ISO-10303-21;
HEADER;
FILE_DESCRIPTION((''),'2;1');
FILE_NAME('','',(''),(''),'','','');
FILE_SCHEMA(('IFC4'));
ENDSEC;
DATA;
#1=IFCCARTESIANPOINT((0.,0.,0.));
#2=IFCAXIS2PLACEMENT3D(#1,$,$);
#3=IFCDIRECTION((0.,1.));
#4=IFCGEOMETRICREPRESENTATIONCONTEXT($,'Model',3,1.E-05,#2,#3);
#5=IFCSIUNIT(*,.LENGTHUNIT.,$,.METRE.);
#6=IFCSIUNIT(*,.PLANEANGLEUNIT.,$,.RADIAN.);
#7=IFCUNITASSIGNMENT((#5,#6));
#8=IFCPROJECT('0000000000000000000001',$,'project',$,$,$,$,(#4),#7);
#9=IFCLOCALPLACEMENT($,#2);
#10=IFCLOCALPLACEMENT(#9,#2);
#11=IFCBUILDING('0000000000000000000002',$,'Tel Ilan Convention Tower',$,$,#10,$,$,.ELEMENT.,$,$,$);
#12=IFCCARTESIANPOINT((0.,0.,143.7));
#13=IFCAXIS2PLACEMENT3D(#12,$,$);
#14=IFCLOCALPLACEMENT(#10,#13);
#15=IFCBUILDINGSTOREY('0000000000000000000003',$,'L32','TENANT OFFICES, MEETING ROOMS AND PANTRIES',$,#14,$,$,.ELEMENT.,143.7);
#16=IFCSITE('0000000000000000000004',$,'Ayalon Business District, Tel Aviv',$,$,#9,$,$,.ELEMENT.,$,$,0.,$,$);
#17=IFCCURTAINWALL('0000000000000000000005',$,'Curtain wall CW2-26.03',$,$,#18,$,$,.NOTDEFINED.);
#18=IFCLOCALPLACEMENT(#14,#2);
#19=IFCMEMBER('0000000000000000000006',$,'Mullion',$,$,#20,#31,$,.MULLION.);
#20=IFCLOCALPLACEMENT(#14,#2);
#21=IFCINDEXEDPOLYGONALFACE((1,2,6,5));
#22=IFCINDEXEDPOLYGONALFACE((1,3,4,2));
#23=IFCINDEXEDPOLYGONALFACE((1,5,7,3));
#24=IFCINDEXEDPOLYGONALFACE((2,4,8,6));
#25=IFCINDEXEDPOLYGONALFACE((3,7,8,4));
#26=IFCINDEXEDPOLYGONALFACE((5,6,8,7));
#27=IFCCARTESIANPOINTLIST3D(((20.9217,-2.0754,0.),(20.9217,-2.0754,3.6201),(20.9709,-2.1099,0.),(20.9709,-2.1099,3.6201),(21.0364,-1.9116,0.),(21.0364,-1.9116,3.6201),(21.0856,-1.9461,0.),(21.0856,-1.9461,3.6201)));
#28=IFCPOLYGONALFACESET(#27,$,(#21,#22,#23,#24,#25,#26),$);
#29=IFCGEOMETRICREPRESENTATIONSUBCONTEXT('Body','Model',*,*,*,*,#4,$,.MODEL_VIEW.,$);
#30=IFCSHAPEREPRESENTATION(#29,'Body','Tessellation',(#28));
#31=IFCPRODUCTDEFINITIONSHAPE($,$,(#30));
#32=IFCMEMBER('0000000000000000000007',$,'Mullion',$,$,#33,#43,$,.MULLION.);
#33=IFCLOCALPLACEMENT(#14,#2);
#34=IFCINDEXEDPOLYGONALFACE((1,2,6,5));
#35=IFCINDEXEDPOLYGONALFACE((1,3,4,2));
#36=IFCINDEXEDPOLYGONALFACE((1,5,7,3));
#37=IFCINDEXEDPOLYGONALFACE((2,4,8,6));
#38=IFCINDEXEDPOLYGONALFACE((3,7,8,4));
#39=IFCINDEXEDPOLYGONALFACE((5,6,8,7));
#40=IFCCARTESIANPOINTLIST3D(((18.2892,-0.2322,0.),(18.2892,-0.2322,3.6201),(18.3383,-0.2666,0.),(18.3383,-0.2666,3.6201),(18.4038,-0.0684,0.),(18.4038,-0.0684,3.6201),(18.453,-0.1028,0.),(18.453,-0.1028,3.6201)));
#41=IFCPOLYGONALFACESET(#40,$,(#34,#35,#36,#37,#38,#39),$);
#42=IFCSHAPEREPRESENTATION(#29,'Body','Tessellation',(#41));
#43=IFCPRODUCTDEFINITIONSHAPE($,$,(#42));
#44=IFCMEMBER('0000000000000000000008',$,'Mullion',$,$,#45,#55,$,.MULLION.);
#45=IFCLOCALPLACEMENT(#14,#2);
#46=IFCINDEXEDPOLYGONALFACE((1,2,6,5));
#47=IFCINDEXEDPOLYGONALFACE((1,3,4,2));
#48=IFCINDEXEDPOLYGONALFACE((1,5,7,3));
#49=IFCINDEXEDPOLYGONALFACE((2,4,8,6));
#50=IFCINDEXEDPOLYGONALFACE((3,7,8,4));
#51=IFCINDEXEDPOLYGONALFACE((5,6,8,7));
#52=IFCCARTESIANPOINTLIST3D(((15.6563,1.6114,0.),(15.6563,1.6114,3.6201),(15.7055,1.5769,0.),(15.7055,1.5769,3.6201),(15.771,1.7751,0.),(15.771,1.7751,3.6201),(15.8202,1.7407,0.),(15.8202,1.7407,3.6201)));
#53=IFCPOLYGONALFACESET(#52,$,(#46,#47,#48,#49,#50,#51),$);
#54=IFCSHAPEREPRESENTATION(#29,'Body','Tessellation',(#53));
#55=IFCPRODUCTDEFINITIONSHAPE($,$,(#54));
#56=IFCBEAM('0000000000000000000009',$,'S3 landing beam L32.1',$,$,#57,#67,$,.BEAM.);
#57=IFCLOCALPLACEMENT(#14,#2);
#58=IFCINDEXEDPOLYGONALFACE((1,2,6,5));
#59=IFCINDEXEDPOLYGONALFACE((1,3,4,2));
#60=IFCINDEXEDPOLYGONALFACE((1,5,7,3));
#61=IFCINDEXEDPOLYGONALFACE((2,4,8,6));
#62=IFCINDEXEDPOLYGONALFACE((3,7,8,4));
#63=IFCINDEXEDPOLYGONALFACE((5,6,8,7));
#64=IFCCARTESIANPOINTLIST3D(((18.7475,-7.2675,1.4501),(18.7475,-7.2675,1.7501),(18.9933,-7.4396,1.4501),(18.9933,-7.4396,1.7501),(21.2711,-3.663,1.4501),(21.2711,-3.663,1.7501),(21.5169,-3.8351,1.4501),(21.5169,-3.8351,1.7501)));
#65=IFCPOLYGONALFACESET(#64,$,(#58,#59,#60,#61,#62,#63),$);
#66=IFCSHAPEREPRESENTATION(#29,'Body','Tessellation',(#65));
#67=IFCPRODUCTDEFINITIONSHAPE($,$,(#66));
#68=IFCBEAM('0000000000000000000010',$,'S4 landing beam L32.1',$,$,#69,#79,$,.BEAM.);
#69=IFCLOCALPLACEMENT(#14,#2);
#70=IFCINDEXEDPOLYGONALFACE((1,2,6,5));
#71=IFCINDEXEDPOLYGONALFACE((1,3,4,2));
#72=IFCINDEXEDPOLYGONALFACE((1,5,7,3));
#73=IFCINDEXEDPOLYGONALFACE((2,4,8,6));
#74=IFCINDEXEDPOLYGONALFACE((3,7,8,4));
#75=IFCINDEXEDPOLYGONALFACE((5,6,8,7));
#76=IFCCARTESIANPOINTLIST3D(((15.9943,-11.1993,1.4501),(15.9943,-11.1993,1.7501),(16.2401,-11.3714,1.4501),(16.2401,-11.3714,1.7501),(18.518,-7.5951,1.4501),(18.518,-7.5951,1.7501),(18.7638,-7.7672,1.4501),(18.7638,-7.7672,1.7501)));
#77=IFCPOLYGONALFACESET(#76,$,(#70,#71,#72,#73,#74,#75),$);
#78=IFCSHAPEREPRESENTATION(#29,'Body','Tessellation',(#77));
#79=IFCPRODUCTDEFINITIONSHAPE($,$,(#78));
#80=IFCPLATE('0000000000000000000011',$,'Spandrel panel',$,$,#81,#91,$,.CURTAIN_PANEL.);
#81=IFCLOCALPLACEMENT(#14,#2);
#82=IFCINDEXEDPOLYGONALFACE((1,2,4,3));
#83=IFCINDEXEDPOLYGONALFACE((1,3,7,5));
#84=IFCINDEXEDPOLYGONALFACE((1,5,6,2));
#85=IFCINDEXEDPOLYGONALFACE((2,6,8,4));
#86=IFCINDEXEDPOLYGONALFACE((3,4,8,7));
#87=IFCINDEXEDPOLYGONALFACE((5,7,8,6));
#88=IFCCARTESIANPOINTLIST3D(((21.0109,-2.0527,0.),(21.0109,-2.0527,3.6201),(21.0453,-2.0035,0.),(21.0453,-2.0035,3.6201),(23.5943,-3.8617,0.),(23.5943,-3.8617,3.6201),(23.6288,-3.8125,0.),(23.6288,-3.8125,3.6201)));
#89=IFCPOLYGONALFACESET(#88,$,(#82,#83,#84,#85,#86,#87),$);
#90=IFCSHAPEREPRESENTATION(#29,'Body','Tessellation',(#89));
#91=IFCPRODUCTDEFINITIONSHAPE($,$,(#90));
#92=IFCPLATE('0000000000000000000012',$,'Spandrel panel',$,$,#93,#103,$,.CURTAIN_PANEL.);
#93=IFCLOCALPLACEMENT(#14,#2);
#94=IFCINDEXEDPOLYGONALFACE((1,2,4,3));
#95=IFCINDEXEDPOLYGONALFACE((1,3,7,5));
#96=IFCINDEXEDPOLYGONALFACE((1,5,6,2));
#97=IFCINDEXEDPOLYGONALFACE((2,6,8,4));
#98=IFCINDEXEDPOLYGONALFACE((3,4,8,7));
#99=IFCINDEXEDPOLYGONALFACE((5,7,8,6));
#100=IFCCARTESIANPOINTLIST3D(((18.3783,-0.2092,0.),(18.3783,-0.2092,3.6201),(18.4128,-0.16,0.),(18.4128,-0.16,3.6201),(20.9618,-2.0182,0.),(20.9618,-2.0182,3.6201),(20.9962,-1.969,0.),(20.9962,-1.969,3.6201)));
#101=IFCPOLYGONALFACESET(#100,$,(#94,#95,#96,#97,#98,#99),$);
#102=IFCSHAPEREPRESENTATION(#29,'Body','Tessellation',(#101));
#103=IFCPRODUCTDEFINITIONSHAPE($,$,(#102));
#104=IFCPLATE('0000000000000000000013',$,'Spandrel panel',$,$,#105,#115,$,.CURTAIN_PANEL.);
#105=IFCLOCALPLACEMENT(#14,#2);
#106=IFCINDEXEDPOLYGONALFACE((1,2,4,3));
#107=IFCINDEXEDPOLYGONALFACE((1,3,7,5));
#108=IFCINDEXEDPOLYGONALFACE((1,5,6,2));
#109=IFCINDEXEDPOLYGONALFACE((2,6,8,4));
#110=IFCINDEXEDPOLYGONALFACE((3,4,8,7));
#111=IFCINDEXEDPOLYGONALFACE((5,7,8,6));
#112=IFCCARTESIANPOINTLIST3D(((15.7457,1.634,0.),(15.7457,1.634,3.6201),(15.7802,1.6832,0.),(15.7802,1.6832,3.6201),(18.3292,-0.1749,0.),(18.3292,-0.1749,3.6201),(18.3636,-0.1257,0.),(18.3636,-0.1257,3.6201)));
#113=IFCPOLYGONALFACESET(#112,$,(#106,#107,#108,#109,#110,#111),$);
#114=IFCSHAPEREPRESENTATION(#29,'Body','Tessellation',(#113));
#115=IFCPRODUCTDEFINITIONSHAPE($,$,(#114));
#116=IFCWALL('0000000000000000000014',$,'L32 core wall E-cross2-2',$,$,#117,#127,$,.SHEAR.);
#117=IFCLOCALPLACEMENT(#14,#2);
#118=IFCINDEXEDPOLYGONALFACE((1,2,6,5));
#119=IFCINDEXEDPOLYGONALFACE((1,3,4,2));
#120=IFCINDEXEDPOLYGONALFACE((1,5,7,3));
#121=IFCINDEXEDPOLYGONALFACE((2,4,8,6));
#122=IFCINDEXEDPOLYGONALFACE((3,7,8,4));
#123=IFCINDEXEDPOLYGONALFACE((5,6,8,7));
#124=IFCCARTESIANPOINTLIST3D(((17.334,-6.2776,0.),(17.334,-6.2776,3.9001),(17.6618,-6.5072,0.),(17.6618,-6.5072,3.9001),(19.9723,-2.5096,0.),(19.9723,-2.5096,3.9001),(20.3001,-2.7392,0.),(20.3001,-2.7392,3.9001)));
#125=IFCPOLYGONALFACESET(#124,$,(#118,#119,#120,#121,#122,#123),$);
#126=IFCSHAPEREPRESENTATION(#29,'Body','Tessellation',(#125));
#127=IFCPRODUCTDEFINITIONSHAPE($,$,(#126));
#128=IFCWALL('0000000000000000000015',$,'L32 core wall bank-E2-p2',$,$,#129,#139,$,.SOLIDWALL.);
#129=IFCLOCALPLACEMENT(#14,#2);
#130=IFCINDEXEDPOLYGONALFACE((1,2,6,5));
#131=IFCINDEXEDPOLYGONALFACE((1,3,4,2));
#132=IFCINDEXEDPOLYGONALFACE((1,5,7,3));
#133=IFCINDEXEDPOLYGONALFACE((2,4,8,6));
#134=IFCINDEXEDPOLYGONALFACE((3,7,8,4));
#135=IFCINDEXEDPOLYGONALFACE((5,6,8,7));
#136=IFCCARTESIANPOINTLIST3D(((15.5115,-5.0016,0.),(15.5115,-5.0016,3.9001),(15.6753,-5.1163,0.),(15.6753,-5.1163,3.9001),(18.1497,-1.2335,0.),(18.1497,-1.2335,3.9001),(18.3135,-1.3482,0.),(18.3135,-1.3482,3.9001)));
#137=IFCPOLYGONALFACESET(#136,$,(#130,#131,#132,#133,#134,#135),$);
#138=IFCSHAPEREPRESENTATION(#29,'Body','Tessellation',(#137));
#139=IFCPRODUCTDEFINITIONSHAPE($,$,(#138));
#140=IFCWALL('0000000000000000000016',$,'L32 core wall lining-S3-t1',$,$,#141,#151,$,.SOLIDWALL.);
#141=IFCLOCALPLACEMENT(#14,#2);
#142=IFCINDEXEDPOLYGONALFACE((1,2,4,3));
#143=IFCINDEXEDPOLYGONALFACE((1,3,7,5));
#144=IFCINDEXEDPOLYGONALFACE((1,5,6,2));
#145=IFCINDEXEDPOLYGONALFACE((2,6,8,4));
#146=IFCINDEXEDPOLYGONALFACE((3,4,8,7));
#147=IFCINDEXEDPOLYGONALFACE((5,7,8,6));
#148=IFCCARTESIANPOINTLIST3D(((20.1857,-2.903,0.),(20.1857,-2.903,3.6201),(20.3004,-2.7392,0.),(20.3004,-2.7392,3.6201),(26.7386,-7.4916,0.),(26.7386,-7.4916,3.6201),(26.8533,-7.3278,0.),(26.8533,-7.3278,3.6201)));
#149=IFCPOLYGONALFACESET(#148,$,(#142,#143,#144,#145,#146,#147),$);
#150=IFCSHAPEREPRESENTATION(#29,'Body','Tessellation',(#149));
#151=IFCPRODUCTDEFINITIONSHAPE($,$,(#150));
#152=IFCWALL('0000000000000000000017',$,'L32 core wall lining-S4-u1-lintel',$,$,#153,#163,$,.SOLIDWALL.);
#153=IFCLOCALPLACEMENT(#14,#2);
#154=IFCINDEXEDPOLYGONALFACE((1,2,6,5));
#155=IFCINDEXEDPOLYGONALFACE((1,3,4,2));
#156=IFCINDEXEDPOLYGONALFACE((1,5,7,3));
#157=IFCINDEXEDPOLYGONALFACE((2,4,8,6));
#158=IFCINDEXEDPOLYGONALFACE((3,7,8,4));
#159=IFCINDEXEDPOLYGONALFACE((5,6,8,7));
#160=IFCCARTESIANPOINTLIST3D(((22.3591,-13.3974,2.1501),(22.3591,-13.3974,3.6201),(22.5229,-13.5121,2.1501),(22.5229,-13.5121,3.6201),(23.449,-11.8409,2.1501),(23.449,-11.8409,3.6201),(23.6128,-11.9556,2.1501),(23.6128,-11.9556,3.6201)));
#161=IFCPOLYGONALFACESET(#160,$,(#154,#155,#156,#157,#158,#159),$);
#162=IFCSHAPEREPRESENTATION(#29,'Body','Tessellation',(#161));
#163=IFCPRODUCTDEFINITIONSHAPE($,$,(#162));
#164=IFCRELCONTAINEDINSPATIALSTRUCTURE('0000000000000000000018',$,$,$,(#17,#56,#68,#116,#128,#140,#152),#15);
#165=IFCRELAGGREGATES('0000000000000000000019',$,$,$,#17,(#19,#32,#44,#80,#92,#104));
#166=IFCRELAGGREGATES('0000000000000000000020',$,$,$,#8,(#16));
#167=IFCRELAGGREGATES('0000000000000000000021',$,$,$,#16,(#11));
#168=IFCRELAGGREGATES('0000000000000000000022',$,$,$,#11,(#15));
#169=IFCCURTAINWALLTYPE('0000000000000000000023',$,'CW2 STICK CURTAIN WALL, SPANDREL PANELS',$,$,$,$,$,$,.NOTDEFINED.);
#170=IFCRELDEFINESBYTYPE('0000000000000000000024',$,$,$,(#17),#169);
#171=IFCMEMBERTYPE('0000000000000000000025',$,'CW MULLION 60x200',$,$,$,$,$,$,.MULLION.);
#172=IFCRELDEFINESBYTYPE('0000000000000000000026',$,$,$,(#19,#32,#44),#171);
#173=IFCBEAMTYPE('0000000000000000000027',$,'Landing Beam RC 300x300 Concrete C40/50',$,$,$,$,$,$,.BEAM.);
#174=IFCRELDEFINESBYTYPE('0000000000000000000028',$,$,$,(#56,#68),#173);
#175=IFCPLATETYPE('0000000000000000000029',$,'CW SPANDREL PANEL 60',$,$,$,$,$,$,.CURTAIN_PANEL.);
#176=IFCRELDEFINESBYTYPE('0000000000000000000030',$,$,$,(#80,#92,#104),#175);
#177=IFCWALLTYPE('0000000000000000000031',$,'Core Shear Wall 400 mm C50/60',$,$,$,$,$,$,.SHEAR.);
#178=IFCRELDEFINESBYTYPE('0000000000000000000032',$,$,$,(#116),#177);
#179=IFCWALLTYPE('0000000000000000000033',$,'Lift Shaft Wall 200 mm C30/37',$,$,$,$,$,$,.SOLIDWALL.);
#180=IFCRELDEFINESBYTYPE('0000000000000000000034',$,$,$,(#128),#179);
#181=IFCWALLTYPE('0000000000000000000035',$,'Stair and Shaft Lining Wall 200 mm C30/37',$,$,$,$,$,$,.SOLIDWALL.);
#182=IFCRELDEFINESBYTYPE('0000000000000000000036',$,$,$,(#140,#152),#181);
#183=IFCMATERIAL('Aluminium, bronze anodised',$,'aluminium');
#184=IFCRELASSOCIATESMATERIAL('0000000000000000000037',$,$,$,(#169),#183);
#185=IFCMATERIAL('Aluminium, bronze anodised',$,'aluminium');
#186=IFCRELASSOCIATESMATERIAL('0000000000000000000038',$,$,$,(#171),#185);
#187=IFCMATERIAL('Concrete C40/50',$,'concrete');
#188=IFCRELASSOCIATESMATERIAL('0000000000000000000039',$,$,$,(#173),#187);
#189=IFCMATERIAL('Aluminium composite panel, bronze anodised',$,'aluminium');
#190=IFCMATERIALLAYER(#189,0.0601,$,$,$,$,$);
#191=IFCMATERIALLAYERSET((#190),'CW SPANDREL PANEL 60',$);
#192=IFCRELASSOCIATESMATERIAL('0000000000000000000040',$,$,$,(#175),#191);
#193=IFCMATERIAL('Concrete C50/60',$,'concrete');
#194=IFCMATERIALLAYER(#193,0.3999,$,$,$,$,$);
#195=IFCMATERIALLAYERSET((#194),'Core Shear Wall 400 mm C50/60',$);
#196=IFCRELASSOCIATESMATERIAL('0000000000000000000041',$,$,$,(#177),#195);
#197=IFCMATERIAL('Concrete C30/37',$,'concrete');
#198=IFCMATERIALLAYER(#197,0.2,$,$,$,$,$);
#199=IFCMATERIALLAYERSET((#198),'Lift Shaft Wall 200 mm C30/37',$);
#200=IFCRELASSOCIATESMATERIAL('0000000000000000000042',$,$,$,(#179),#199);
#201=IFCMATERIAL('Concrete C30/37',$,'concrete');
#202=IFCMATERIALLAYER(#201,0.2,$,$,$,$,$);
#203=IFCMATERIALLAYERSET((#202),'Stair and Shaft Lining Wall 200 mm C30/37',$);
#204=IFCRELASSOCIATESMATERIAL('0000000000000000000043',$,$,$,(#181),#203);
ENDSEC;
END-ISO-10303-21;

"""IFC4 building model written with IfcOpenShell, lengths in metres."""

from ifc_helpers import new_model, si_unit, direction, frame, frame_2d, origin, origin_2d, place, context, subcontext, project, spatial, polyline, rectangle, outline, extrude, material, layer, layer_set, material_profile, profile_set, type_object, element, aggregate, save


model = new_model("IFC4")

# Units and contexts
model_context = context("Model", 3, precision=1e-05, world=origin(), true_north=direction((0.0, 1.0)))
body_context = subcontext(model_context, "Body", "Model", "MODEL_VIEW")
ifc_project = project(units=[si_unit("LENGTHUNIT", "METRE"), si_unit("PLANEANGLEUNIT", "RADIAN")], contexts=[model_context])

# Site, building, storey
site_placement = place(None, origin())
site = spatial("IfcSite", under=ifc_project, at=site_placement, Name="Ayalon Business District, Tel Aviv", CompositionType="ELEMENT", RefElevation=0.0)
building_placement = place(site_placement, origin())
building = spatial("IfcBuilding", under=site, at=building_placement, Name="Tel Ilan Convention Tower", CompositionType="ELEMENT")
storey_placement = place(building_placement, frame((0.0, 0.0, 143.7)))
storey = spatial("IfcBuildingStorey", under=building, at=storey_placement, Name="L32", Description="TENANT OFFICES, MEETING ROOMS AND PANTRIES", CompositionType="ELEMENT", Elevation=143.7)

# Curtain wall, members
ifc_material_1 = material(Name="Aluminium, bronze anodised", Category="aluminium")
curtain_wall_type = type_object("IfcCurtainWallType", Name="CW2 STICK CURTAIN WALL, SPANDREL PANELS", PredefinedType="NOTDEFINED", material=ifc_material_1)
curtain_wall_placement = place(storey_placement, origin())
curtain_wall = element("IfcCurtainWall", 1, at=curtain_wall_placement, inside=storey, type_object=curtain_wall_type, Name="Curtain wall CW2-26.03", PredefinedType="NOTDEFINED")
ifc_material_2 = material(Name="Aluminium, bronze anodised", Category="aluminium")
ifc_material_profile_1 = material_profile(ifc_material_2, rectangle(XDim=0.0601, YDim=0.2, at=origin_2d()), Name="CW MULLION 60x200")
ifc_profile_set_1 = profile_set([ifc_material_profile_1], Name="Aluminium, bronze anodised")
member_type = type_object("IfcMemberType", Name="CW MULLION 60x200", PredefinedType="MULLION", material=ifc_profile_set_1)
member_1_placement = place(storey_placement, frame((21.0037, -2.0107, 0.0), z_axis=(0.0, 0.0, 1.0), x_axis=(-0.819152, 0.573576, 0.0)))
member_1 = element("IfcMember", 2, at=member_1_placement, type_object=member_type, Name="Mullion", PredefinedType="MULLION", context=body_context, shape_type="SweptSolid", body=[
    extrude(rectangle(XDim=0.0601, YDim=0.2, at=origin_2d()), origin(), (0.0, 0.0, 1.0), 3.6201),
])
member_2_placement = place(storey_placement, frame((18.3711, -0.1675, 0.0), z_axis=(0.0, 0.0, 1.0), x_axis=(-0.819152, 0.573576, 0.0)))
member_2 = element("IfcMember", 3, at=member_2_placement, type_object=member_type, Name="Mullion", PredefinedType="MULLION", context=body_context, shape_type="SweptSolid", body=[
    extrude(rectangle(XDim=0.0601, YDim=0.2, at=origin_2d()), origin(), (0.0, 0.0, 1.0), 3.6201),
])
member_3_placement = place(storey_placement, frame((15.7383, 1.676, 0.0), z_axis=(0.0, 0.0, 1.0), x_axis=(-0.819152, 0.573576, 0.0)))
member_3 = element("IfcMember", 4, at=member_3_placement, type_object=member_type, Name="Mullion", PredefinedType="MULLION", context=body_context, shape_type="SweptSolid", body=[
    extrude(rectangle(XDim=0.0601, YDim=0.2, at=origin_2d()), origin(), (0.0, 0.0, 1.0), 3.6201),
])

# Beams
ifc_material_3 = material(Name="Concrete C40/50", Category="concrete")
ifc_material_profile_2 = material_profile(ifc_material_3, rectangle(XDim=0.3, YDim=0.3, at=origin_2d()), Name="RC 300x300")
ifc_profile_set_2 = profile_set([ifc_material_profile_2], Name="Concrete C40/50")
beam_type = type_object("IfcBeamType", Name="Landing Beam RC 300x300 Concrete C40/50", PredefinedType="BEAM", material=ifc_profile_set_2)
beam_1_placement = place(storey_placement, frame((21.394, -3.749, 1.6001), z_axis=(-0.573544, -0.819175, 0.0), x_axis=(0.819175, -0.573544, 0.0)))
element("IfcBeam", 5, at=beam_1_placement, inside=storey, type_object=beam_type, Name="S3 landing beam L32.1", PredefinedType="BEAM", context=body_context, shape_type="SweptSolid", body=[
    extrude(rectangle(XDim=0.3, YDim=0.3, at=origin_2d()), origin(), (0.0, 0.0, 1.0), 4.4001),
])
beam_2_placement = place(storey_placement, frame((18.6409, -7.6812, 1.6001), z_axis=(-0.57357, -0.819156, 0.0), x_axis=(0.819156, -0.57357, 0.0)))
element("IfcBeam", 6, at=beam_2_placement, inside=storey, type_object=beam_type, Name="S4 landing beam L32.1", PredefinedType="BEAM", context=body_context, shape_type="SweptSolid", body=[
    extrude(rectangle(XDim=0.3, YDim=0.3, at=origin_2d()), origin(), (0.0, 0.0, 1.0), 4.3999),
])

# Plates
ifc_material_4 = material(Name="Aluminium composite panel, bronze anodised", Category="aluminium")
ifc_layer_1 = layer(ifc_material_4, 0.0601)
ifc_layer_set_1 = layer_set([ifc_layer_1], Name="CW SPANDREL PANEL 60")
plate_type = type_object("IfcPlateType", Name="CW SPANDREL PANEL 60", PredefinedType="CURTAIN_PANEL", material=ifc_layer_set_1)
plate_1_placement = place(storey_placement, frame((22.3198, -2.9326, 0.0), z_axis=(0.0, 0.0, 1.0), x_axis=(-0.819152, 0.573576, 0.0)))
plate_1 = element("IfcPlate", 7, at=plate_1_placement, type_object=plate_type, Name="Spandrel panel", PredefinedType="CURTAIN_PANEL", context=body_context, shape_type="SweptSolid", body=[
    extrude(rectangle(XDim=3.1538, YDim=0.0601, at=origin_2d()), origin(), (0.0, 0.0, 1.0), 3.6201),
])
plate_2_placement = place(storey_placement, frame((19.6873, -1.0891, 0.0), z_axis=(0.0, 0.0, 1.0), x_axis=(-0.819152, 0.573576, 0.0)))
plate_2 = element("IfcPlate", 8, at=plate_2_placement, type_object=plate_type, Name="Spandrel panel", PredefinedType="CURTAIN_PANEL", context=body_context, shape_type="SweptSolid", body=[
    extrude(rectangle(XDim=3.1538, YDim=0.0601, at=origin_2d()), origin(), (0.0, 0.0, 1.0), 3.6201),
])
plate_3_placement = place(storey_placement, frame((17.0547, 0.7542, 0.0), z_axis=(0.0, 0.0, 1.0), x_axis=(-0.819152, 0.573576, 0.0)))
plate_3 = element("IfcPlate", 9, at=plate_3_placement, type_object=plate_type, Name="Spandrel panel", PredefinedType="CURTAIN_PANEL", context=body_context, shape_type="SweptSolid", body=[
    extrude(rectangle(XDim=3.1538, YDim=0.0601, at=origin_2d()), origin(), (0.0, 0.0, 1.0), 3.6201),
])
aggregate(curtain_wall, [member_1, member_2, member_3, plate_1, plate_2, plate_3])

# Walls
ifc_material_5 = material(Name="Concrete C50/60", Category="concrete")
ifc_layer_2 = layer(ifc_material_5, 0.3999)
ifc_layer_set_2 = layer_set([ifc_layer_2], Name="Core Shear Wall 400 mm C50/60")
wall_type_1 = type_object("IfcWallType", Name="Core Shear Wall 400 mm C50/60", PredefinedType="SHEAR", material=ifc_layer_set_2)
wall_1_placement = place(storey_placement, frame((17.4978, -6.3923, 0.0), z_axis=(0.0, 0.0, 1.0), x_axis=(0.573612, 0.819127, 0.0)))
element("IfcWall", 10, at=wall_1_placement, inside=storey, type_object=wall_type_1, Name="L32 core wall E-cross2-2", PredefinedType="SHEAR", context=body_context, shape_type="SweptSolid", body=[
    extrude(outline(polyline([(4.5999, -0.2), (4.5999, 0.2002), (0.0, 0.2), (0.0, -0.2002), (4.5999, -0.2)])), origin(), (0.0, 0.0, 1.0), 3.9001),
])
ifc_material_6 = material(Name="Concrete C30/37", Category="concrete")
ifc_layer_3 = layer(ifc_material_6, 0.2)
ifc_layer_set_3 = layer_set([ifc_layer_3], Name="Lift Shaft Wall 200 mm C30/37")
wall_type_2 = type_object("IfcWallType", Name="Lift Shaft Wall 200 mm C30/37", PredefinedType="SOLIDWALL", material=ifc_layer_set_3)
wall_2_placement = place(storey_placement, frame((15.5935, -5.0588, 0.0), z_axis=(0.0, 0.0, 1.0), x_axis=(0.573541, 0.819177, 0.0)))
element("IfcWall", 11, at=wall_2_placement, inside=storey, type_object=wall_type_2, Name="L32 core wall bank-E2-p2", PredefinedType="SOLIDWALL", context=body_context, shape_type="SweptSolid", body=[
    extrude(rectangle(XDim=4.5999, YDim=0.2, at=frame_2d((2.2998, 0.0))), origin(), (0.0, 0.0, 1.0), 3.9001),
])
ifc_material_7 = material(Name="Concrete C30/37", Category="concrete")
ifc_layer_4 = layer(ifc_material_7, 0.2)
ifc_layer_set_4 = layer_set([ifc_layer_4], Name="Stair and Shaft Lining Wall 200 mm C30/37")
wall_type_3 = type_object("IfcWallType", Name="Stair and Shaft Lining Wall 200 mm C30/37", PredefinedType="SOLIDWALL", material=ifc_layer_set_4)
wall_3_placement = place(storey_placement, frame((20.2429, -2.821, 0.0), z_axis=(0.0, 0.0, 1.0), x_axis=(0.819142, -0.573591, 0.0)))
element("IfcWall", 12, at=wall_3_placement, inside=storey, type_object=wall_type_3, Name="L32 core wall lining-S3-t1", PredefinedType="SOLIDWALL", context=body_context, shape_type="SweptSolid", body=[
    extrude(rectangle(XDim=7.9998, YDim=0.2, at=frame_2d((4.0, 0.0))), origin(), (0.0, 0.0, 1.0), 3.6201),
])
wall_4_placement = place(storey_placement, frame((22.4409, -13.4548, 2.1501), z_axis=(0.0, 0.0, 1.0), x_axis=(0.573592, 0.819141, 0.0)))
element("IfcWall", 13, at=wall_4_placement, inside=storey, type_object=wall_type_3, Name="L32 core wall lining-S4-u1-lintel", PredefinedType="SOLIDWALL", context=body_context, shape_type="SweptSolid", body=[
    extrude(rectangle(XDim=1.9001, YDim=0.2, at=frame_2d((0.9502, 0.0))), origin(), (0.0, 0.0, 1.0), 1.47),
])

save(model, "model.ifc")
